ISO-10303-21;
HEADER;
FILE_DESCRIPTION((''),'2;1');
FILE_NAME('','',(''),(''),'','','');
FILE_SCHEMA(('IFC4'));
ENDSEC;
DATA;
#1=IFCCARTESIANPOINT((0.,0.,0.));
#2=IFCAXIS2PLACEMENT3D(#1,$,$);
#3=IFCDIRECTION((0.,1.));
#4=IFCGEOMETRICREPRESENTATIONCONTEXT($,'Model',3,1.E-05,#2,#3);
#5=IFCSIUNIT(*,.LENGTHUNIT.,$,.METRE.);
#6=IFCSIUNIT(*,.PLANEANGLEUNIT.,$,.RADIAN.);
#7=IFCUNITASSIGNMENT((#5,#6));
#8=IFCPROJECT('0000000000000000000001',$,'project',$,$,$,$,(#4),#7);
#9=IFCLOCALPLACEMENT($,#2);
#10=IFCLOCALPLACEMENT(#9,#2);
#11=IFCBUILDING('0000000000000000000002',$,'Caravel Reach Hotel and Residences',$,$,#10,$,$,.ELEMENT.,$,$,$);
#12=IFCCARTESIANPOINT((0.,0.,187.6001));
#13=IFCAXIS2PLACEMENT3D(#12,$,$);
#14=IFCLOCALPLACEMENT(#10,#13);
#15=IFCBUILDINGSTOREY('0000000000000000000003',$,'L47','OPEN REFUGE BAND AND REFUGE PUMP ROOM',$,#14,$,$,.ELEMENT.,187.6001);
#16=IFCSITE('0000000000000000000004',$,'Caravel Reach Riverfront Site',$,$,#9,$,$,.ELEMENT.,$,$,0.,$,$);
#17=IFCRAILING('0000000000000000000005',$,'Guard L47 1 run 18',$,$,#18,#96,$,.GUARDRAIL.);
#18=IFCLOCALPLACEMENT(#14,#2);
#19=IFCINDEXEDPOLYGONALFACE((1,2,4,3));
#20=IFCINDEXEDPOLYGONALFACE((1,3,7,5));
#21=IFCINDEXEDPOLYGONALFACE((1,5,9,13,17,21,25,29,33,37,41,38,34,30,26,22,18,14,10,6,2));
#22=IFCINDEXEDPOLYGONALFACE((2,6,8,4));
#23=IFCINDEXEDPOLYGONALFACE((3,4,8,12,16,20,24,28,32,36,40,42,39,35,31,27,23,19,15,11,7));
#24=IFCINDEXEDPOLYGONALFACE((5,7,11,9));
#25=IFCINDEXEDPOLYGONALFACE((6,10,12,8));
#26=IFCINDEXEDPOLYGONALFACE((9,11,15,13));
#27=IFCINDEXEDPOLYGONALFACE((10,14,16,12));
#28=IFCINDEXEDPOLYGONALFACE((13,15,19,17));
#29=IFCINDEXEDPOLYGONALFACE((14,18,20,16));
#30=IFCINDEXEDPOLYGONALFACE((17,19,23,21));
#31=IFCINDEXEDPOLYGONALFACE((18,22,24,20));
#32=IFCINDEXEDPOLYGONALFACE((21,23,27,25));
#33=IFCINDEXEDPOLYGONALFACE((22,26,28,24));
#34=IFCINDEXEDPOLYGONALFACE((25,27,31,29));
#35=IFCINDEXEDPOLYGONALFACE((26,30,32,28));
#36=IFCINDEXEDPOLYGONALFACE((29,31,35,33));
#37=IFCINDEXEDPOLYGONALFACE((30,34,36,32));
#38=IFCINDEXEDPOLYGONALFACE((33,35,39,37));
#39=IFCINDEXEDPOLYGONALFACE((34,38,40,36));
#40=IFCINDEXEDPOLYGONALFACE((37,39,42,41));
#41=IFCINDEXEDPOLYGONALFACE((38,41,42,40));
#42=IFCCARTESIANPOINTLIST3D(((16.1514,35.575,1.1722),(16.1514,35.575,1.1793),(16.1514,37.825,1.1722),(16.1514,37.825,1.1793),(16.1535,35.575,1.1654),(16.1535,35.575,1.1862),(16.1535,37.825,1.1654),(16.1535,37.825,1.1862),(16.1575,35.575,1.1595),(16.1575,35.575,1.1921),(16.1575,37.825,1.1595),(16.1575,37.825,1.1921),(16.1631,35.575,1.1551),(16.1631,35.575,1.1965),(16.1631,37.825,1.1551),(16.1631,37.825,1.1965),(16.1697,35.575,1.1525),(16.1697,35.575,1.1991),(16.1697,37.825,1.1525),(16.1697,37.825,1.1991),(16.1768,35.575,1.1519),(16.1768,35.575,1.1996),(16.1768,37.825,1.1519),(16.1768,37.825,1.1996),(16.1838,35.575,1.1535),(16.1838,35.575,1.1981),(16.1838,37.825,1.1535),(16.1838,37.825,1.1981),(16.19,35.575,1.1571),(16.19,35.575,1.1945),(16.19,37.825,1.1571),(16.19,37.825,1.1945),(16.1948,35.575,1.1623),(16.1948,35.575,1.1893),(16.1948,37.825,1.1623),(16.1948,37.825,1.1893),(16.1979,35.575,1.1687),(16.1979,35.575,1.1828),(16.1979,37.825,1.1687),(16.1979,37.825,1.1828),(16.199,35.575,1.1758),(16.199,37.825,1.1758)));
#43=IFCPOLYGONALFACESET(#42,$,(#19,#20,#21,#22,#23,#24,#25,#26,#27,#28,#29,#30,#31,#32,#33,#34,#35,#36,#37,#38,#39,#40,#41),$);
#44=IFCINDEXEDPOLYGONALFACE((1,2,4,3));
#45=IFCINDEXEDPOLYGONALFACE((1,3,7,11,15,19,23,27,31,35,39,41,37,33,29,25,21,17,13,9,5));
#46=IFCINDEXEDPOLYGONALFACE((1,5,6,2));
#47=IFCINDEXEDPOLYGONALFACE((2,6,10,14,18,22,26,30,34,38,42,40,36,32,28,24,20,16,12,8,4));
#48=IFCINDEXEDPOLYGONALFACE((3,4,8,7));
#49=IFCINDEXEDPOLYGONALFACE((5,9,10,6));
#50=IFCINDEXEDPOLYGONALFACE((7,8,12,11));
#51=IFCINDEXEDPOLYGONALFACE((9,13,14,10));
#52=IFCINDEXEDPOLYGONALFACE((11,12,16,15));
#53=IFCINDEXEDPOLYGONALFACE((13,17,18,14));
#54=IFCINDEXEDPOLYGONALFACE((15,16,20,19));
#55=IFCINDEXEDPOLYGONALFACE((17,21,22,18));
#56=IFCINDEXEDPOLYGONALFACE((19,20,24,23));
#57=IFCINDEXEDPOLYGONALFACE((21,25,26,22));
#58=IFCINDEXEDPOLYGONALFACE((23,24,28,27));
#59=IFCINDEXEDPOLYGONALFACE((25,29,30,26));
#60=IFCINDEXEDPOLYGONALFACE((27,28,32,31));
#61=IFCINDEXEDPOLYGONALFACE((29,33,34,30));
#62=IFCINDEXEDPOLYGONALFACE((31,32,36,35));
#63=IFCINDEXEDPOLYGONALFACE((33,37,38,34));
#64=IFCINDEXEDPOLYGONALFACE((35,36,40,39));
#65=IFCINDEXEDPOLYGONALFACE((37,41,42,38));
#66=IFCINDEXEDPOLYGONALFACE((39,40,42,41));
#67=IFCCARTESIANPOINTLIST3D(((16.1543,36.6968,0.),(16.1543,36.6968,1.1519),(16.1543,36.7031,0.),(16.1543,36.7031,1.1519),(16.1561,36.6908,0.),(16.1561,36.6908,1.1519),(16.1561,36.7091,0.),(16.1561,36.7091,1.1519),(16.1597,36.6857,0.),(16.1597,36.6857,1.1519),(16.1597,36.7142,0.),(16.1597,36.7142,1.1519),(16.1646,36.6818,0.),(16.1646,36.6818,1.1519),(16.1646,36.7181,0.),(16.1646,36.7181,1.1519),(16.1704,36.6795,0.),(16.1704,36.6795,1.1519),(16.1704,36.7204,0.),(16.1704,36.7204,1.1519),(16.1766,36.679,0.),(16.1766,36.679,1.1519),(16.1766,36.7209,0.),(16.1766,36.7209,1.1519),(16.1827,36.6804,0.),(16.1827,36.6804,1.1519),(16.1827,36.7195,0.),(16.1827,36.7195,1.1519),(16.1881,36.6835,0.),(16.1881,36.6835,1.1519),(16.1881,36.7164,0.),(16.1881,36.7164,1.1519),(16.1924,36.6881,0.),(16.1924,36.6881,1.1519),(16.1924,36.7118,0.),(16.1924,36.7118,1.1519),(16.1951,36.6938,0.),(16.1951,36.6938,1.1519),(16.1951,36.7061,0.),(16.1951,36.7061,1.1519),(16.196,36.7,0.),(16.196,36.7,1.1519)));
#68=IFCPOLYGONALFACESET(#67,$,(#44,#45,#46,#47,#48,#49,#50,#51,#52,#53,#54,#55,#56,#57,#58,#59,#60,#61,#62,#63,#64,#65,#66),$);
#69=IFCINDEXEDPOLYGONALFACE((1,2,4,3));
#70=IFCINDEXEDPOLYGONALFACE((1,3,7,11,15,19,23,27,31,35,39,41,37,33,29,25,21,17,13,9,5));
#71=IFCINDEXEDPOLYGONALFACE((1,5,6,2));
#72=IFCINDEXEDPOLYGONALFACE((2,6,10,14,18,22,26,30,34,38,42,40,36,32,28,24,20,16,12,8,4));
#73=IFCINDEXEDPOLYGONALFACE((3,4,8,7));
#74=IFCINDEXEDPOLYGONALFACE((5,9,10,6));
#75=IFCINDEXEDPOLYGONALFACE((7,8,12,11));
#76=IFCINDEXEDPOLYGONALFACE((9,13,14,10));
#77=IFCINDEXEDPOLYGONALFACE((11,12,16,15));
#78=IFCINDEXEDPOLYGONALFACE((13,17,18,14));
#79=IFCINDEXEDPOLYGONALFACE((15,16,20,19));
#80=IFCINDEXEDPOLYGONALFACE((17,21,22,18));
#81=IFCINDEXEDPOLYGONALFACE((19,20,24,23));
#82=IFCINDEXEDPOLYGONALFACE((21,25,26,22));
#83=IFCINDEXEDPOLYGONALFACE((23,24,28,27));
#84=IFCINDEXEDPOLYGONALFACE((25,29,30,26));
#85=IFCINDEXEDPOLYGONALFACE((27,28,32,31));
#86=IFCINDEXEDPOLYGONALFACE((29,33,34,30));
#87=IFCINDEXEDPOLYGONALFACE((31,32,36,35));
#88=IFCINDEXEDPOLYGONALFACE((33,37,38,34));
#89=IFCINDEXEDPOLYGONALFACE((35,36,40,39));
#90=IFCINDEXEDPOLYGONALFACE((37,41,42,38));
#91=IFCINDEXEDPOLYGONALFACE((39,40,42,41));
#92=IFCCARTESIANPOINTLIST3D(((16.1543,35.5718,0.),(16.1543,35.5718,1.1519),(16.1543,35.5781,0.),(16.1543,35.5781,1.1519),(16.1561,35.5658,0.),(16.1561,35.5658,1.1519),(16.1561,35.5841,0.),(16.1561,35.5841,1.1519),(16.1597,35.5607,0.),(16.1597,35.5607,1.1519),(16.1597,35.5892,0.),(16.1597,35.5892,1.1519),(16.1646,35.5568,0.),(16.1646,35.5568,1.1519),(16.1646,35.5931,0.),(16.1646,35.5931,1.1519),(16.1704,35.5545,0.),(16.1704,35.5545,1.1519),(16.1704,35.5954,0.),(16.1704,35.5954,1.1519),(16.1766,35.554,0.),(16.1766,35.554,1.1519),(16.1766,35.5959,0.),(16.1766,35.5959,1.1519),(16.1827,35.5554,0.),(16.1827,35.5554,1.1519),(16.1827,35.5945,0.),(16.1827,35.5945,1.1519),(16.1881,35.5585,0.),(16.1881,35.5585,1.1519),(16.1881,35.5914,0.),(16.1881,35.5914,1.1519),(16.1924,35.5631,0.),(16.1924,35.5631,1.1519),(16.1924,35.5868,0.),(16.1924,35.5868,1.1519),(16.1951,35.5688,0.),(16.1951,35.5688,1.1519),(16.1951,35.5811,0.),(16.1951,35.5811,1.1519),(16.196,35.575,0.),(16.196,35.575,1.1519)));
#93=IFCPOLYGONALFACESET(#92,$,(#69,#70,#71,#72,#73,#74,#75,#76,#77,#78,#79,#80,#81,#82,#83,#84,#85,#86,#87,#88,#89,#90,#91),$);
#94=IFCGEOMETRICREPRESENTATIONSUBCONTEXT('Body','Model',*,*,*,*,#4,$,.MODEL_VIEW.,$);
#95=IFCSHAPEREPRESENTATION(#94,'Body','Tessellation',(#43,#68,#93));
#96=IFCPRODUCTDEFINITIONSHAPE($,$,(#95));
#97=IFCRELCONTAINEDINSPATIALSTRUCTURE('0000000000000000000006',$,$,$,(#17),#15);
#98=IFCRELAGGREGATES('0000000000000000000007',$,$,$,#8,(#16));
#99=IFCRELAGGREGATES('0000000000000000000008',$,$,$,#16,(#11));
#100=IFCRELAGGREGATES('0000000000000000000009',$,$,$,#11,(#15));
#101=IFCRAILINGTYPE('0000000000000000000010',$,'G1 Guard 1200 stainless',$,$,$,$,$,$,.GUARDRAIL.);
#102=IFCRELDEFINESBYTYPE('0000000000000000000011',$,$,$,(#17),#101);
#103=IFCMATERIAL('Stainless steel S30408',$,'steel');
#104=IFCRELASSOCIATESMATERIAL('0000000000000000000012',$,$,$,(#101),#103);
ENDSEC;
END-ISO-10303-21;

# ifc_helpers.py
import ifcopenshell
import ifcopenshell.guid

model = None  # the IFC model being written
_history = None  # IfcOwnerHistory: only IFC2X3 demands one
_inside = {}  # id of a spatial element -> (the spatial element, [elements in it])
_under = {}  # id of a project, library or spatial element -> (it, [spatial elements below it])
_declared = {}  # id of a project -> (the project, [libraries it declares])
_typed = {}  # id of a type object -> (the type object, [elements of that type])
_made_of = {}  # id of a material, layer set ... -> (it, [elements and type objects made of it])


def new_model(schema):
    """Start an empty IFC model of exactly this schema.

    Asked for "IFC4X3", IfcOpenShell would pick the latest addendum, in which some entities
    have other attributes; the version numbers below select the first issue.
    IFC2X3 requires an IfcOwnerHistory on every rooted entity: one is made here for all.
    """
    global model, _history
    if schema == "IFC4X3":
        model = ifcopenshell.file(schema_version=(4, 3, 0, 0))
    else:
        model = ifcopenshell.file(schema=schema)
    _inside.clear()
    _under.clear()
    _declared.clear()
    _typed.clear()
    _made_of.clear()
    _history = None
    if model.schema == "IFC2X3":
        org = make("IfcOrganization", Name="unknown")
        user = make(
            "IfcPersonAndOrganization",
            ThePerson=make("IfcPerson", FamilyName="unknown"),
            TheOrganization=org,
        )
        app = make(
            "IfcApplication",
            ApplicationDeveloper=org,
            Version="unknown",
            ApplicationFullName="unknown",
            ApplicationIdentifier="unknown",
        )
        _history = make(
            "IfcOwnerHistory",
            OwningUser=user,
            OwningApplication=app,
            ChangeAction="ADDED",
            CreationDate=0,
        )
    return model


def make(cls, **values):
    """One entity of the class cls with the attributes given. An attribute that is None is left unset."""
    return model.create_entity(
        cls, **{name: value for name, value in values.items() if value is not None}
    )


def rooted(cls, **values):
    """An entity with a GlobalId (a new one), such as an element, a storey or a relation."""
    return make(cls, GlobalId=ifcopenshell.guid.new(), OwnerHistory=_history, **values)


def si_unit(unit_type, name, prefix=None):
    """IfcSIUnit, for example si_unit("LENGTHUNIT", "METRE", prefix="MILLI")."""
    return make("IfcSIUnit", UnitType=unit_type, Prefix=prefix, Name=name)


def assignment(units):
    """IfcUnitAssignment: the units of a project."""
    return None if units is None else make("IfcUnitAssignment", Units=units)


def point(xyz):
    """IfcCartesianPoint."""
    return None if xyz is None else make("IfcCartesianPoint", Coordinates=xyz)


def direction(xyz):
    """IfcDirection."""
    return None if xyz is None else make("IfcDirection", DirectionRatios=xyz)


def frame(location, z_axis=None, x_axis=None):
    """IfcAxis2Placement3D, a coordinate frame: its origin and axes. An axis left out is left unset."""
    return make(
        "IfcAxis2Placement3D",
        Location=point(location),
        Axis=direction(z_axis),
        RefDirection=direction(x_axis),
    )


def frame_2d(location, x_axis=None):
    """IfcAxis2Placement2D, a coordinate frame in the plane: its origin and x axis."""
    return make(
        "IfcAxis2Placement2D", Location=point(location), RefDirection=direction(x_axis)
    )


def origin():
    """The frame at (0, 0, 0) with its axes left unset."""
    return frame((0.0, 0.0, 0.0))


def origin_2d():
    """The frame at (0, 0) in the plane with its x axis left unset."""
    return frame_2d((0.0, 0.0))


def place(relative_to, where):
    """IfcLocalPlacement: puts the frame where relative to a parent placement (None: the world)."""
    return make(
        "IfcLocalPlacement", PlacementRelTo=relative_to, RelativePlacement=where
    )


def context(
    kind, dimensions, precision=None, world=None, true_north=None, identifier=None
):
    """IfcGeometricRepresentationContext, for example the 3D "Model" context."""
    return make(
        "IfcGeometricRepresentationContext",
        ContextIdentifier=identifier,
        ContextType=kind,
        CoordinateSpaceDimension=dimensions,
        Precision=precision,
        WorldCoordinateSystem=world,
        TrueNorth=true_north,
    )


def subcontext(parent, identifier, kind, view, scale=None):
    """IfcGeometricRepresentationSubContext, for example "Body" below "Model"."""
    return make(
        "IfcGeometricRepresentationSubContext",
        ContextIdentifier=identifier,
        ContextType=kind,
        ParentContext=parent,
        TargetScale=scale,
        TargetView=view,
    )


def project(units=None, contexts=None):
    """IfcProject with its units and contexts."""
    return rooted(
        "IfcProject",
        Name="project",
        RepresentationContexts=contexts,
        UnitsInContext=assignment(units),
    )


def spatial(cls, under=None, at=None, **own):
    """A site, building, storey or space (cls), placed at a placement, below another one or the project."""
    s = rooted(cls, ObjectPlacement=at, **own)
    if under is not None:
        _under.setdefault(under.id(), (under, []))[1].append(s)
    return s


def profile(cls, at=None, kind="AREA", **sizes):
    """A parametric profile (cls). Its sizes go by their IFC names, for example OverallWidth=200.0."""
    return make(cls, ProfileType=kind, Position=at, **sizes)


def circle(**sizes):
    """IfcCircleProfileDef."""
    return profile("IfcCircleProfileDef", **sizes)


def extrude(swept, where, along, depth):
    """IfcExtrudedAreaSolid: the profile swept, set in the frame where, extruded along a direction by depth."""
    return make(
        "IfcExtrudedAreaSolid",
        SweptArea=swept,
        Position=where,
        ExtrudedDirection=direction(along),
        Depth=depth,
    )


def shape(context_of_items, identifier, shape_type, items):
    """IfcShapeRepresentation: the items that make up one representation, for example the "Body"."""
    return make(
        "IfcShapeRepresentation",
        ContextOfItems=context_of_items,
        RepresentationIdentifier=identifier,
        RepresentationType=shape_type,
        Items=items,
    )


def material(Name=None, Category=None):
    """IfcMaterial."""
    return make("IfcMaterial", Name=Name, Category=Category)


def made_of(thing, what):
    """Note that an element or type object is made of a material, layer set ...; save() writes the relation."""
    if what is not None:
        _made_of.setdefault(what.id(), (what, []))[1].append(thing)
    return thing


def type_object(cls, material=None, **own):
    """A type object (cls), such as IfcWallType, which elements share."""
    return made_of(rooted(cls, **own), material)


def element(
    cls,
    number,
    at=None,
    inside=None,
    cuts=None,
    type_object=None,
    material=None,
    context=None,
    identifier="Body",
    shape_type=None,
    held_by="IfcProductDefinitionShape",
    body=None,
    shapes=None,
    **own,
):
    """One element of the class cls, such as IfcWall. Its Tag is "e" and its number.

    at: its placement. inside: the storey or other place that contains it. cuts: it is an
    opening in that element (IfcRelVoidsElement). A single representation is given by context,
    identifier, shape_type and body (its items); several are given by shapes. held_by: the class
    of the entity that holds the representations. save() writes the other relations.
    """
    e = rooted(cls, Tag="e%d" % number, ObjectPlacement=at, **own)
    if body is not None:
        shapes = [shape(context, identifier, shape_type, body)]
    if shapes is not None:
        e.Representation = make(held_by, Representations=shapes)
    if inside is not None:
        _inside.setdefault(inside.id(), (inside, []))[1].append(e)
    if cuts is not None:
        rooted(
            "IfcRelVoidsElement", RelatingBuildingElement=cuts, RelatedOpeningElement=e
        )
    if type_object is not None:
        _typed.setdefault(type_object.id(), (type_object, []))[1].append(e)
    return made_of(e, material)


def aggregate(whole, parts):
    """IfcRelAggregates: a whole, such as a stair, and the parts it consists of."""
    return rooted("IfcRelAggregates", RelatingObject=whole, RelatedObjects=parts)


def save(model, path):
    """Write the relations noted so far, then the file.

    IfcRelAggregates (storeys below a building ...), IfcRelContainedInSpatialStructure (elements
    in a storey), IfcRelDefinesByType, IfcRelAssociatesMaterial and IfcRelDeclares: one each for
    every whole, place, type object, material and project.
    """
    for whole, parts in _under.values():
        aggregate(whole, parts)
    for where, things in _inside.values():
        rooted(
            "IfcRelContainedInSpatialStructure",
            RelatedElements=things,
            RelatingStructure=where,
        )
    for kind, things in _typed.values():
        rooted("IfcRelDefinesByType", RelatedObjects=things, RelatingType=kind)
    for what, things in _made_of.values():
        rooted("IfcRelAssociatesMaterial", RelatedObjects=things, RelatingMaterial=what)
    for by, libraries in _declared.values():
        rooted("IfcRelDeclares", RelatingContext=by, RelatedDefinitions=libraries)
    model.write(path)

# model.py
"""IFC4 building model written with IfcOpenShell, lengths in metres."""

from ifc_helpers import new_model, si_unit, direction, frame, origin, origin_2d, place, context, subcontext, project, spatial, circle, extrude, material, type_object, element, save


model = new_model("IFC4")

# Units and contexts
model_context = context("Model", 3, precision=1e-05, world=origin(), true_north=direction((0.0, 1.0)))
body_context = subcontext(model_context, "Body", "Model", "MODEL_VIEW")
ifc_project = project(units=[si_unit("LENGTHUNIT", "METRE"), si_unit("PLANEANGLEUNIT", "RADIAN")], contexts=[model_context])

# Site, building, storey
site_placement = place(None, origin())
site = spatial("IfcSite", under=ifc_project, at=site_placement, Name="Caravel Reach Riverfront Site", CompositionType="ELEMENT", RefElevation=0.0)
building_placement = place(site_placement, origin())
building = spatial("IfcBuilding", under=site, at=building_placement, Name="Caravel Reach Hotel and Residences", CompositionType="ELEMENT")
storey_placement = place(building_placement, frame((0.0, 0.0, 187.6001)))
storey = spatial("IfcBuildingStorey", under=building, at=storey_placement, Name="L47", Description="OPEN REFUGE BAND AND REFUGE PUMP ROOM", CompositionType="ELEMENT", Elevation=187.6001)

# Railing
ifc_material_1 = material(Name="Stainless steel S30408", Category="steel")
railing_type = type_object("IfcRailingType", Name="G1 Guard 1200 stainless", PredefinedType="GUARDRAIL", material=ifc_material_1)
railing_1_placement = place(storey_placement, frame((16.175, 37.825, 0.0)))
element("IfcRailing", 1, at=railing_1_placement, inside=storey, type_object=railing_type, Name="Guard L47 1 run 18", PredefinedType="GUARDRAIL", context=body_context, shape_type="SweptSolid", body=[
    extrude(circle(Radius=0.0239, at=origin_2d()), frame((0.0, 0.0, 1.1758), z_axis=(0.0, -1.0, 0.0), x_axis=(1.0, 0.0, 0.0)), (0.0, 0.0, 1.0), 2.25),
    extrude(circle(Radius=0.021, at=origin_2d()), frame((0.0, -1.125, 0.0)), (0.0, 0.0, 1.0), 1.1519),
    extrude(circle(Radius=0.021, at=origin_2d()), frame((0.0, -2.25, 0.0)), (0.0, 0.0, 1.0), 1.1519),
])

save(model, "model.ifc")
